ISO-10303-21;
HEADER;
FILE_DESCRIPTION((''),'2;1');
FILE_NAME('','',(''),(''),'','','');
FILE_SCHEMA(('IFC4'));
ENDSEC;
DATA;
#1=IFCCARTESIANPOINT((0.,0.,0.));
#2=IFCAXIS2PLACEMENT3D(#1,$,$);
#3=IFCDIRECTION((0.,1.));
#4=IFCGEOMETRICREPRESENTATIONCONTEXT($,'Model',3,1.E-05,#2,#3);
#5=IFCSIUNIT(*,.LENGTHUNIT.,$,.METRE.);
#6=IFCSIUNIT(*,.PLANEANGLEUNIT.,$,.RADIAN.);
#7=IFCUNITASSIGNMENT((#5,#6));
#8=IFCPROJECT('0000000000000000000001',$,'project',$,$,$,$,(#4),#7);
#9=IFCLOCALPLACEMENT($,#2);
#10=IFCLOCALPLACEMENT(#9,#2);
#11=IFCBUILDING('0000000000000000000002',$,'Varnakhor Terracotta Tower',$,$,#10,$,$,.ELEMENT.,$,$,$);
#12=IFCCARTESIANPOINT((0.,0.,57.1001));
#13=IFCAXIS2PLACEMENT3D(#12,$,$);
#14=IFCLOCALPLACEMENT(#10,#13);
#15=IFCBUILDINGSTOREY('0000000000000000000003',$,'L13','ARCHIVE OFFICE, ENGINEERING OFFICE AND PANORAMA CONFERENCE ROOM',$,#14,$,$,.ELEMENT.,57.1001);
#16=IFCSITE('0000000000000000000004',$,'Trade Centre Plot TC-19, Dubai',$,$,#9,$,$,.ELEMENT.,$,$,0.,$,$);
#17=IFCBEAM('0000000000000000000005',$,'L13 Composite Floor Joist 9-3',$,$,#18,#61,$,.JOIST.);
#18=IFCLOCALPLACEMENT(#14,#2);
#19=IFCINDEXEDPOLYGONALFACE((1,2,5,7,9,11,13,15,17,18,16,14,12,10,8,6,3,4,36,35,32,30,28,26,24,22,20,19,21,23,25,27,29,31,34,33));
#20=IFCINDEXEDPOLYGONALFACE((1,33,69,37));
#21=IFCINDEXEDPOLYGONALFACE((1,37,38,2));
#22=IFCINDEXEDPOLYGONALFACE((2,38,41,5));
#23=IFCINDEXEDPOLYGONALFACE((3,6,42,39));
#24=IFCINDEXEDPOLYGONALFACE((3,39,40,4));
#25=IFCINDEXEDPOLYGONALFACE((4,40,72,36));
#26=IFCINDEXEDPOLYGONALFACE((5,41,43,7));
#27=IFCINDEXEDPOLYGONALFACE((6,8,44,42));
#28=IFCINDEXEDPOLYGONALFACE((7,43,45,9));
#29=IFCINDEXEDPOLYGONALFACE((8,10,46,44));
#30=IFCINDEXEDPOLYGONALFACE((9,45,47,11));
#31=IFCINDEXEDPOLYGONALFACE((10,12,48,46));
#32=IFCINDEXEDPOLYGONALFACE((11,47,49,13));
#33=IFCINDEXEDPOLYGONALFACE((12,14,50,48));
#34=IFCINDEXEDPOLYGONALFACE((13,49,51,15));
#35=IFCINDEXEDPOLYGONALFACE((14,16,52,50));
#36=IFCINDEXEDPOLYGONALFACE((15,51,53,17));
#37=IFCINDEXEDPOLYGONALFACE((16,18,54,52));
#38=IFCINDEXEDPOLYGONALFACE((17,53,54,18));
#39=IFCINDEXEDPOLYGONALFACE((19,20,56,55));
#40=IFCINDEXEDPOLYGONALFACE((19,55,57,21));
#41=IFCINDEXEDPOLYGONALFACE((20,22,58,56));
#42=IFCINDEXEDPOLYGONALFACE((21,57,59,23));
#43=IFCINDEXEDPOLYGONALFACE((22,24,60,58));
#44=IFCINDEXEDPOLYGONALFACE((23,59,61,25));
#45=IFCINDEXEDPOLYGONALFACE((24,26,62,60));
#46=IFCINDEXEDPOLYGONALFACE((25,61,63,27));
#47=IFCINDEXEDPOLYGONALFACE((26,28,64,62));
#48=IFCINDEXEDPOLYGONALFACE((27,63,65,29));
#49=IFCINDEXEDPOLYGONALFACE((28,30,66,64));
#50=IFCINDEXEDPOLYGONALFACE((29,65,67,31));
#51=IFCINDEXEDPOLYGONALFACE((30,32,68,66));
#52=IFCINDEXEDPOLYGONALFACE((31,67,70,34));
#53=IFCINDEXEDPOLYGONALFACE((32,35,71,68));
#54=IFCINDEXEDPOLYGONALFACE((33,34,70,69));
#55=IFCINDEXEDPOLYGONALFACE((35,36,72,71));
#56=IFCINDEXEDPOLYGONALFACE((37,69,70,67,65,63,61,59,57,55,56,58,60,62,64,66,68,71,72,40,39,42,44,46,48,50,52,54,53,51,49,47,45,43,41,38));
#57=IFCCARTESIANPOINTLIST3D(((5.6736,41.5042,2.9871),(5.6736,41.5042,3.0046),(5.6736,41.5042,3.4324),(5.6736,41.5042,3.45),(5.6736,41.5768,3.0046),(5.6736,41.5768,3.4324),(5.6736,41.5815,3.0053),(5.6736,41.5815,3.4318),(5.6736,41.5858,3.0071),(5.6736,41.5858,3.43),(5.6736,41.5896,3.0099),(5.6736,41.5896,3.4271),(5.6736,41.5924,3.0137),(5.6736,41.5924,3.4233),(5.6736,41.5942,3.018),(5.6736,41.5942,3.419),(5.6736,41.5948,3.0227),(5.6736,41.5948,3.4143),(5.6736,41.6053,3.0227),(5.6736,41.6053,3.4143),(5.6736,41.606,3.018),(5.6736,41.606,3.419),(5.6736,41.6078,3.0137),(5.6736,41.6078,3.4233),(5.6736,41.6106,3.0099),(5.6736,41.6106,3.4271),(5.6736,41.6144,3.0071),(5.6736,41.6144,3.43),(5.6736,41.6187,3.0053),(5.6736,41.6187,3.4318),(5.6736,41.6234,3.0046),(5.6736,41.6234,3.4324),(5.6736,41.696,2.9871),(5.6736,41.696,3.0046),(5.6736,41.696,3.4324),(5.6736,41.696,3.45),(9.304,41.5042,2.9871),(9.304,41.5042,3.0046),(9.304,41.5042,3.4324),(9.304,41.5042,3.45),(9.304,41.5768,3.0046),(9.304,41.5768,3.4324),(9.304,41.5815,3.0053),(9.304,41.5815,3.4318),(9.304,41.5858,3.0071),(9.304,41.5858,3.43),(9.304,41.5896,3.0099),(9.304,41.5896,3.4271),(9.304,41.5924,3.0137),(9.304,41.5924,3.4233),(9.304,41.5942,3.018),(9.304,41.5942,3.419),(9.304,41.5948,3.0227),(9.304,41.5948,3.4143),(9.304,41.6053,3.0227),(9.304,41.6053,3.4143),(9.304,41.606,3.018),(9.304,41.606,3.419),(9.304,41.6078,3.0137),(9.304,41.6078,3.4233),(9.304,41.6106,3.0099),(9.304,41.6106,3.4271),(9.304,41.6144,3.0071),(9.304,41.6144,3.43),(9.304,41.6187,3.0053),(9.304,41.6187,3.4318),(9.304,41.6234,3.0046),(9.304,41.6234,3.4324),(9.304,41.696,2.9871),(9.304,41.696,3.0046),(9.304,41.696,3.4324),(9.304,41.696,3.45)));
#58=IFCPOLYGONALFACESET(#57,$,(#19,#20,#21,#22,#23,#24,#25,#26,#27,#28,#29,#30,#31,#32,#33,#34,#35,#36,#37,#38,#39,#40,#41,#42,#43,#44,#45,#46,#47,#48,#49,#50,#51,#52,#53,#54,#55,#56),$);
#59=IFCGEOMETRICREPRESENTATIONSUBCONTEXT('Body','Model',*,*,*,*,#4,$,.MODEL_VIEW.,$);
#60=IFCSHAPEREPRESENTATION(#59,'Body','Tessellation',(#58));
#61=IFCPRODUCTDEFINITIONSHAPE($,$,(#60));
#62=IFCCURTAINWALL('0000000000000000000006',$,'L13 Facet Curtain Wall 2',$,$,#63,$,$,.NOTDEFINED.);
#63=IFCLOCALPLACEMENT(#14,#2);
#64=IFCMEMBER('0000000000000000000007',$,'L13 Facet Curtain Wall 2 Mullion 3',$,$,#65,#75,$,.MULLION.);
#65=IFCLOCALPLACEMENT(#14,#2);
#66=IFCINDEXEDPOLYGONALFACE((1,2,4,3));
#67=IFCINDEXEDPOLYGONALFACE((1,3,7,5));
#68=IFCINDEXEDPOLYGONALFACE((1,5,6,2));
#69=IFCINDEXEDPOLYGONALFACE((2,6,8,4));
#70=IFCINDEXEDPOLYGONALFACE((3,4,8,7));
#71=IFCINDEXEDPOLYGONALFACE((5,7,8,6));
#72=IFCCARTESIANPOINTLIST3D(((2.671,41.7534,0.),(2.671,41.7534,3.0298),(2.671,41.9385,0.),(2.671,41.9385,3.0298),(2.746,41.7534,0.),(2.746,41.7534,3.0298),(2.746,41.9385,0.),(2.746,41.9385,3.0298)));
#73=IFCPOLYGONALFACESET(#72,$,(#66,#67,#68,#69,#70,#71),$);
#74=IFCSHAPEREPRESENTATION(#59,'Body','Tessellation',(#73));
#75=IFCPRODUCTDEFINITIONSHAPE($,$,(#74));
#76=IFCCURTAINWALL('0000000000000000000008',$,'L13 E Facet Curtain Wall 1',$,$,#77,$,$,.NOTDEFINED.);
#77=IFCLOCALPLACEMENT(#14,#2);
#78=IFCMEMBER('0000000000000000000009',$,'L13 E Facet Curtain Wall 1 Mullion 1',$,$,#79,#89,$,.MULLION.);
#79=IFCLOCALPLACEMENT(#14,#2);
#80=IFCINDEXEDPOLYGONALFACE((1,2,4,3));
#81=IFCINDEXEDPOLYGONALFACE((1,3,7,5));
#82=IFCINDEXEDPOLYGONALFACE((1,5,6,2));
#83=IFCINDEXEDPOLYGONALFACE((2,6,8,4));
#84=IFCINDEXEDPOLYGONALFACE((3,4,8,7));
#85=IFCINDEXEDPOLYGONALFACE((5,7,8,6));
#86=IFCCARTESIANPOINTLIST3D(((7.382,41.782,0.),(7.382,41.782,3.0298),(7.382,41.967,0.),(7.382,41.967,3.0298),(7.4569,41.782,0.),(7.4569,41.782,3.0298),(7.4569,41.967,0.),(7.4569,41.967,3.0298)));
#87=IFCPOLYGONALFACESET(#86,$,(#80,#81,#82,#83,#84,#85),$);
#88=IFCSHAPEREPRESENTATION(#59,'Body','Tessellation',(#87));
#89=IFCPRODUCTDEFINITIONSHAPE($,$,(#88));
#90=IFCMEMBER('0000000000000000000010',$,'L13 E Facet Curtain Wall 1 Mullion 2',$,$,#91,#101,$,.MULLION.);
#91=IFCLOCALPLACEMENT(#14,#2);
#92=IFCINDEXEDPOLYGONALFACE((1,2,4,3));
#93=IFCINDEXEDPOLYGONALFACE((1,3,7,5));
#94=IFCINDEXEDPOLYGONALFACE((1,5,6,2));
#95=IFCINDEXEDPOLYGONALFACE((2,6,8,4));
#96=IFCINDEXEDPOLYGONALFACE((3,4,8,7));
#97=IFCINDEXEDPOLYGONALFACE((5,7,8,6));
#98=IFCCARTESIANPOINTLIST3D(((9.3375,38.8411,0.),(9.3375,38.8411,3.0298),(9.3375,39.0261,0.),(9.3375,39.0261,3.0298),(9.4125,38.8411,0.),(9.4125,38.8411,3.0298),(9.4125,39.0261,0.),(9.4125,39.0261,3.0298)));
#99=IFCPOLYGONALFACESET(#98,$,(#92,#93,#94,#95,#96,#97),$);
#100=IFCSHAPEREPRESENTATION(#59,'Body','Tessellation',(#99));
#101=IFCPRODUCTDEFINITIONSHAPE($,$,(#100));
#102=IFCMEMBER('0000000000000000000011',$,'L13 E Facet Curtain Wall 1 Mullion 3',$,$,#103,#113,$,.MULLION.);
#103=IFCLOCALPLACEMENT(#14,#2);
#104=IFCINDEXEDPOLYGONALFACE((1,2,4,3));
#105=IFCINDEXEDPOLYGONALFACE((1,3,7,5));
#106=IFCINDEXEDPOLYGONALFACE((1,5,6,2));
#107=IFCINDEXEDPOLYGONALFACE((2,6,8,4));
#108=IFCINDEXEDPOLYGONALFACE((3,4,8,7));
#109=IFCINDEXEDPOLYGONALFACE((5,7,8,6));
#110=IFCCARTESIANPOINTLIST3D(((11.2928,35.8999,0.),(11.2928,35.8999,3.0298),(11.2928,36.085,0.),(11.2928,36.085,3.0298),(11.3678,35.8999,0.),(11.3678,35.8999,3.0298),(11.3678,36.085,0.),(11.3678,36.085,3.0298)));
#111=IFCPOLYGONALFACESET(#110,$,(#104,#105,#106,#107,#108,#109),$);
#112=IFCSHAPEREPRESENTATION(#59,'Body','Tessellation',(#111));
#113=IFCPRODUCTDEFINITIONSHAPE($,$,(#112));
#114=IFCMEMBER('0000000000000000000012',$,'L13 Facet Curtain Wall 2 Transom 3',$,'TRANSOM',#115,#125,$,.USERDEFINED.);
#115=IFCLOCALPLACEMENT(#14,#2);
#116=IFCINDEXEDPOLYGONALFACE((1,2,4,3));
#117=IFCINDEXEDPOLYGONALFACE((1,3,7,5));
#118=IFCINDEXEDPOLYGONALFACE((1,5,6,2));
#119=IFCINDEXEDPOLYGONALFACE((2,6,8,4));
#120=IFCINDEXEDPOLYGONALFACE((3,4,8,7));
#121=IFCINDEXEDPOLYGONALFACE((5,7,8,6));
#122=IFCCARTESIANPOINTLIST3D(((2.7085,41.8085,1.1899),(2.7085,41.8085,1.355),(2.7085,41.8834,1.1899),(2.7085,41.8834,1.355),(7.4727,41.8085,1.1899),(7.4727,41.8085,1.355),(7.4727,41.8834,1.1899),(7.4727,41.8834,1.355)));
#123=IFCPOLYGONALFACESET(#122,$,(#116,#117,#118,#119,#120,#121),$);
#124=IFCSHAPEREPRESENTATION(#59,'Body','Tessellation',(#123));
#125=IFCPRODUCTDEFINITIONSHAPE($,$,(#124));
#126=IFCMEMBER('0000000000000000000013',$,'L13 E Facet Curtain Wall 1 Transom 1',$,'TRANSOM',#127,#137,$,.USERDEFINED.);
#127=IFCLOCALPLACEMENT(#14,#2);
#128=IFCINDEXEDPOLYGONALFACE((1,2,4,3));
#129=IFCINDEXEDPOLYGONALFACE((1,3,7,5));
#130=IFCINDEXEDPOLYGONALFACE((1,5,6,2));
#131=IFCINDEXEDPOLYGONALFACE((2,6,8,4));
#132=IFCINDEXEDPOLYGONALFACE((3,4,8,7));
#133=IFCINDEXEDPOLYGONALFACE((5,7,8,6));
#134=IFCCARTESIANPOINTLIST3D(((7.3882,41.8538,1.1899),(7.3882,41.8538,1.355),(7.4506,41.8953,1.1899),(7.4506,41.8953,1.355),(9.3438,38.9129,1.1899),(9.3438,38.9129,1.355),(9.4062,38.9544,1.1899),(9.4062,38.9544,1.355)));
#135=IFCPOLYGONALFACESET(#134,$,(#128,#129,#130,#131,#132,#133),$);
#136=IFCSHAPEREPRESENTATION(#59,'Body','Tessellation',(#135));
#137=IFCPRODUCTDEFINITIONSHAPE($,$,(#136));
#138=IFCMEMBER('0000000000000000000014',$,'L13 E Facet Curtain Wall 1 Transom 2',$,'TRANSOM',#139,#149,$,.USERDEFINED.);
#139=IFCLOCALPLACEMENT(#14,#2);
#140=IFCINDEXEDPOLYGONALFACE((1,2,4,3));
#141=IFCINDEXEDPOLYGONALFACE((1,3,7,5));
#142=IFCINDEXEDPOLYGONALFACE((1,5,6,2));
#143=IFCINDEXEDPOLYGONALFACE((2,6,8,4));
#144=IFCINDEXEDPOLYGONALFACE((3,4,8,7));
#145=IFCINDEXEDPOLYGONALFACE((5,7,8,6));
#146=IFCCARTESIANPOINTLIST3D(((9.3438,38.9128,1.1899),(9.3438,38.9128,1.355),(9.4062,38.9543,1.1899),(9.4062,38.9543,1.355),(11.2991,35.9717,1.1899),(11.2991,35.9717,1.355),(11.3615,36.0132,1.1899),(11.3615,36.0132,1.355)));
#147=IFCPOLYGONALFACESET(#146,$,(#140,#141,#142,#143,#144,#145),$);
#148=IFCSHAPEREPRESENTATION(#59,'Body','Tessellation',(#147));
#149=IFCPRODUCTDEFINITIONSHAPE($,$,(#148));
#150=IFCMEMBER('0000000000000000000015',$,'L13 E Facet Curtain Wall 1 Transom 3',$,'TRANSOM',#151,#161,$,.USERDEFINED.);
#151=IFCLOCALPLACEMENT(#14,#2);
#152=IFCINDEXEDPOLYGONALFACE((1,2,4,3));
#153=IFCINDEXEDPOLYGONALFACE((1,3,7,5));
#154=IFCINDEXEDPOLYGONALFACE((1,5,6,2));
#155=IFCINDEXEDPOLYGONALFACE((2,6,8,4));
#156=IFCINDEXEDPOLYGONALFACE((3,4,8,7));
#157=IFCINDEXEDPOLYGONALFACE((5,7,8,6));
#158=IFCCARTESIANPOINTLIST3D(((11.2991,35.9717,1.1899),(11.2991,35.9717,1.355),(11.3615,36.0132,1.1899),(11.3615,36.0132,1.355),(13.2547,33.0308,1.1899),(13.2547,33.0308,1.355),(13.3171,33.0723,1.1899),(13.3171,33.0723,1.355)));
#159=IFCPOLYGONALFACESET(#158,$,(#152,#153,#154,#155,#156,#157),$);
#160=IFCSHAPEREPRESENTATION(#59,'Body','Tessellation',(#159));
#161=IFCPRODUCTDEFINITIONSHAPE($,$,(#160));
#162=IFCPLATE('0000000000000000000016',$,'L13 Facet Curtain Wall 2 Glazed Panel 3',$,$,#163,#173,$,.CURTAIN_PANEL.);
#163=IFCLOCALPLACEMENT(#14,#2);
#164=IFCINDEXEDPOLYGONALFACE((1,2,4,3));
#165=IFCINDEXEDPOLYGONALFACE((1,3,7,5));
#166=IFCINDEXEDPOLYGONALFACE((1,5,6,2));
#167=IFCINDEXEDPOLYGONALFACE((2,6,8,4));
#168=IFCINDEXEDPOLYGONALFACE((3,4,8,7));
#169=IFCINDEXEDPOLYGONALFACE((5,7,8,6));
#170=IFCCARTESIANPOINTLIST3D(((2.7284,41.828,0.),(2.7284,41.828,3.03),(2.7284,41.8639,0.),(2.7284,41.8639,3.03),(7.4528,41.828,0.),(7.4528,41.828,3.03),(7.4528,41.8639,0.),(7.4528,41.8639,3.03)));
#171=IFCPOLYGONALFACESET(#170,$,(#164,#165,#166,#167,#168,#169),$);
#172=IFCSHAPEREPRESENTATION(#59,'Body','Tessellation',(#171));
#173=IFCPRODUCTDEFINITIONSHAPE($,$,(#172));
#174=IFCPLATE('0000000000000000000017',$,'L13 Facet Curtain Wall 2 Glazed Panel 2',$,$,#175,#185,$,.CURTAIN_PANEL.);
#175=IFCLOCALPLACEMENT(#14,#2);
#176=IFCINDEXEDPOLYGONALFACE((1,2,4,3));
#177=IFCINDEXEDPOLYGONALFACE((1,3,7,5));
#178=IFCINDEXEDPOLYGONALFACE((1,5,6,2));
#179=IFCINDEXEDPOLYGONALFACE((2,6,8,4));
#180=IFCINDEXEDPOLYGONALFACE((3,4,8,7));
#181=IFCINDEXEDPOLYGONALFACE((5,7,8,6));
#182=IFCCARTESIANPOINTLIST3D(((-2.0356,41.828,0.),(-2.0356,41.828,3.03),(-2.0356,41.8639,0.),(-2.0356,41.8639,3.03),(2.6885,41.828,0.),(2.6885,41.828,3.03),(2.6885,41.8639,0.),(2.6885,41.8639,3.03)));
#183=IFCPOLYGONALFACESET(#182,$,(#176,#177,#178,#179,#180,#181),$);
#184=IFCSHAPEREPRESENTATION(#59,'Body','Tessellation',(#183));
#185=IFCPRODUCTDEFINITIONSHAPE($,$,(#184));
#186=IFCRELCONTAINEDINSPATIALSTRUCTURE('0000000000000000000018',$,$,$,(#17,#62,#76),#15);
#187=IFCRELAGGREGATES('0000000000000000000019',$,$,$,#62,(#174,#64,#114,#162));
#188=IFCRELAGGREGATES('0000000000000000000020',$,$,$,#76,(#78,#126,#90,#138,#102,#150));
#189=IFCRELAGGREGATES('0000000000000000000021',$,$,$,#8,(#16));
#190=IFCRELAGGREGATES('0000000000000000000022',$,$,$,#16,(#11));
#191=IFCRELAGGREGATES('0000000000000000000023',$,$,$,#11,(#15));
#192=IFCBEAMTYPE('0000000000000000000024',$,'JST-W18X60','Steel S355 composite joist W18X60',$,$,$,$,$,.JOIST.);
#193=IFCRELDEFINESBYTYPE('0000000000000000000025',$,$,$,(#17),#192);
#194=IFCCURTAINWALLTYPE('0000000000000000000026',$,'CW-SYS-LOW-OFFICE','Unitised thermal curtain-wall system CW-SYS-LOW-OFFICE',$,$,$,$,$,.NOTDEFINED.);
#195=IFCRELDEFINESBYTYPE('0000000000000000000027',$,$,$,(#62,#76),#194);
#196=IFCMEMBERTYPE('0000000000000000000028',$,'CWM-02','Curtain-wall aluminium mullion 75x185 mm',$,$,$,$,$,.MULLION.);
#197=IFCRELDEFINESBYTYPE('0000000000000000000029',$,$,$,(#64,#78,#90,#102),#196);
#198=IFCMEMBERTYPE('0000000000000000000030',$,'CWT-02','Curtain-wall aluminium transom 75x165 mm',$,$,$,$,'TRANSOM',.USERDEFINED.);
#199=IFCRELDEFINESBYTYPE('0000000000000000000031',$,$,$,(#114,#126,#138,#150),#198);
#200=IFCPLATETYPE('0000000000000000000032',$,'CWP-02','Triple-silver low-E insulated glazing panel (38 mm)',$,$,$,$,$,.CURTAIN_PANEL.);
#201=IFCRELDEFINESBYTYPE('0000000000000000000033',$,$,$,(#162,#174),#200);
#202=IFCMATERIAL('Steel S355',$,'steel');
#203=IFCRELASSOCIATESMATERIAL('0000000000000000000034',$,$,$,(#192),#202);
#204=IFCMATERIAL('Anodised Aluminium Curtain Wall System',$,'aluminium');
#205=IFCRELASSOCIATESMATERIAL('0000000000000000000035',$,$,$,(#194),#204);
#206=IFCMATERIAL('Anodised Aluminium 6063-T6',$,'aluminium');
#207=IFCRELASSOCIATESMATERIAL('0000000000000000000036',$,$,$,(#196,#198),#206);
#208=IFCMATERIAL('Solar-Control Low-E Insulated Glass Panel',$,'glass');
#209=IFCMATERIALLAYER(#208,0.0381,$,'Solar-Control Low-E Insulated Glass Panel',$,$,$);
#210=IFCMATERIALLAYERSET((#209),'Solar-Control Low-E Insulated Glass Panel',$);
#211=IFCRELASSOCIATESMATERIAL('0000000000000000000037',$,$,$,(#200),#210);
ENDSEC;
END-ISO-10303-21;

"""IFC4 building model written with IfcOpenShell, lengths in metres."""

from ifc_helpers import new_model, si_unit, direction, frame, origin, origin_2d, place, context, subcontext, project, spatial, rectangle, i_section, extrude, source, transform, mapped, material, layer, layer_set, material_profile, profile_set, type_object, element, aggregate, save


model = new_model("IFC4")

# Units and contexts
model_context = context("Model", 3, precision=1e-05, world=origin(), true_north=direction((0.0, 1.0)))
body_context = subcontext(model_context, "Body", "Model", "MODEL_VIEW")
ifc_project = project(units=[si_unit("LENGTHUNIT", "METRE"), si_unit("PLANEANGLEUNIT", "RADIAN")], contexts=[model_context])

# Site, building, storey
site_placement = place(None, origin())
site = spatial("IfcSite", under=ifc_project, at=site_placement, Name="Trade Centre Plot TC-19, Dubai", CompositionType="ELEMENT", RefElevation=0.0)
building_placement = place(site_placement, origin())
building = spatial("IfcBuilding", under=site, at=building_placement, Name="Varnakhor Terracotta Tower", CompositionType="ELEMENT")
storey_placement = place(building_placement, frame((0.0, 0.0, 57.1001)))
storey = spatial("IfcBuildingStorey", under=building, at=storey_placement, Name="L13", Description="ARCHIVE OFFICE, ENGINEERING OFFICE AND PANORAMA CONFERENCE ROOM", CompositionType="ELEMENT", Elevation=57.1001)

# Beam
ifc_material_1 = material(Name="Steel S355", Category="steel")
ifc_material_profile_1 = material_profile(ifc_material_1, i_section(OverallWidth=0.1919, OverallDepth=0.4629, WebThickness=0.0105, FlangeThickness=0.0176, FilletRadius=0.0181, at=origin_2d()), Name="W18X60")
ifc_profile_set_1 = profile_set([ifc_material_profile_1], Name="Steel S355")
beam_type_1 = type_object("IfcBeamType", Name="JST-W18X60", Description="Steel S355 composite joist W18X60", PredefinedType="JOIST", material=ifc_profile_set_1)
shared_shape_1 = source(origin(), body_context, "Body", "SweptSolid", [
    extrude(i_section(OverallWidth=0.1919, OverallDepth=0.4629, WebThickness=0.0105, FlangeThickness=0.0176, FilletRadius=0.0181, at=origin_2d()), origin(), (0.0, 0.0, 1.0), 3.6304),
])
beam_1_placement = place(storey_placement, frame((5.6736, 41.6001, 3.2185), z_axis=(1.0, 0.0, 0.0), x_axis=(0.0, 1.0, 0.0)))
element("IfcBeam", 1, at=beam_1_placement, inside=storey, type_object=beam_type_1, Name="L13 Composite Floor Joist 9-3", PredefinedType="JOIST", context=body_context, shape_type="MappedRepresentation", body=[
    mapped(shared_shape_1, transform((0.0, 0.0, 0.0), scale=1.0)),
])

# Curtain wall, member
ifc_material_2 = material(Name="Anodised Aluminium Curtain Wall System", Category="aluminium")
curtain_wall_type = type_object("IfcCurtainWallType", Name="CW-SYS-LOW-OFFICE", Description="Unitised thermal curtain-wall system CW-SYS-LOW-OFFICE", PredefinedType="NOTDEFINED", material=ifc_material_2)
curtain_wall_1_placement = place(storey_placement, origin())
curtain_wall_1 = element("IfcCurtainWall", 2, at=curtain_wall_1_placement, inside=storey, type_object=curtain_wall_type, Name="L13 Facet Curtain Wall 2", PredefinedType="NOTDEFINED")
ifc_material_3 = material(Name="Anodised Aluminium 6063-T6", Category="aluminium")
ifc_material_profile_2 = material_profile(ifc_material_3, rectangle(XDim=0.075, YDim=0.1851, at=origin_2d()), Name="ALU MULLION 75x185")
ifc_profile_set_2 = profile_set([ifc_material_profile_2], Name="Anodised Aluminium 6063-T6")
member_type_1 = type_object("IfcMemberType", Name="CWM-02", Description="Curtain-wall aluminium mullion 75x185 mm", PredefinedType="MULLION", material=ifc_profile_set_2)
shared_shape_2 = source(origin(), body_context, "Body", "SweptSolid", [
    extrude(rectangle(XDim=0.075, YDim=0.1851, at=origin_2d()), origin(), (0.0, 0.0, 1.0), 3.0298),
])
member_1_placement = place(storey_placement, frame((2.7085, 41.8459, 0.0), z_axis=(0.0, 0.0, 1.0), x_axis=(1.0, 0.0, 0.0)))
member_1 = element("IfcMember", 3, at=member_1_placement, type_object=member_type_1, Name="L13 Facet Curtain Wall 2 Mullion 3", PredefinedType="MULLION", context=body_context, shape_type="MappedRepresentation", body=[
    mapped(shared_shape_2, transform((0.0, 0.0, 0.0), scale=1.0)),
])

# Curtain wall, members
curtain_wall_2_placement = place(storey_placement, origin())
curtain_wall_2 = element("IfcCurtainWall", 4, at=curtain_wall_2_placement, inside=storey, type_object=curtain_wall_type, Name="L13 E Facet Curtain Wall 1", PredefinedType="NOTDEFINED")
member_2_placement = place(storey_placement, frame((7.4194, 41.8745, 0.0), z_axis=(0.0, 0.0, 1.0), x_axis=(1.0, 0.0, 0.0)))
member_2 = element("IfcMember", 5, at=member_2_placement, type_object=member_type_1, Name="L13 E Facet Curtain Wall 1 Mullion 1", PredefinedType="MULLION", context=body_context, shape_type="MappedRepresentation", body=[
    mapped(shared_shape_2, transform((0.0, 0.0, 0.0), scale=1.0)),
])
member_3_placement = place(storey_placement, frame((9.375, 38.9336, 0.0), z_axis=(0.0, 0.0, 1.0), x_axis=(1.0, 0.0, 0.0)))
member_3 = element("IfcMember", 6, at=member_3_placement, type_object=member_type_1, Name="L13 E Facet Curtain Wall 1 Mullion 2", PredefinedType="MULLION", context=body_context, shape_type="MappedRepresentation", body=[
    mapped(shared_shape_2, transform((0.0, 0.0, 0.0), scale=1.0)),
])
member_4_placement = place(storey_placement, frame((11.3303, 35.9924, 0.0), z_axis=(0.0, 0.0, 1.0), x_axis=(1.0, 0.0, 0.0)))
member_4 = element("IfcMember", 7, at=member_4_placement, type_object=member_type_1, Name="L13 E Facet Curtain Wall 1 Mullion 3", PredefinedType="MULLION", context=body_context, shape_type="MappedRepresentation", body=[
    mapped(shared_shape_2, transform((0.0, 0.0, 0.0), scale=1.0)),
])

# Members
ifc_material_profile_3 = material_profile(ifc_material_3, rectangle(XDim=0.075, YDim=0.165, at=origin_2d()), Name="ALU TRANSOM 75x165")
ifc_profile_set_3 = profile_set([ifc_material_profile_3], Name="Anodised Aluminium 6063-T6")
member_type_2 = type_object("IfcMemberType", Name="CWT-02", Description="Curtain-wall aluminium transom 75x165 mm", ElementType="TRANSOM", PredefinedType="USERDEFINED", material=ifc_profile_set_3)
shared_shape_3 = source(origin(), body_context, "Body", "SweptSolid", [
    extrude(rectangle(XDim=0.075, YDim=0.165, at=origin_2d()), origin(), (0.0, 0.0, 1.0), 4.7642),
])
member_5_placement = place(storey_placement, frame((2.7085, 41.8459, 1.2725), z_axis=(1.0, 0.0, 0.0), x_axis=(0.0, 1.0, 0.0)))
member_5 = element("IfcMember", 8, at=member_5_placement, type_object=member_type_2, Name="L13 Facet Curtain Wall 2 Transom 3", ObjectType="TRANSOM", PredefinedType="USERDEFINED", context=body_context, shape_type="MappedRepresentation", body=[
    mapped(shared_shape_3, transform((0.0, 0.0, 0.0), scale=1.0)),
])
shared_shape_4 = source(origin(), body_context, "Body", "SweptSolid", [
    extrude(rectangle(XDim=0.075, YDim=0.165, at=origin_2d()), origin(), (0.0, 0.0, 1.0), 3.5317),
])
member_6_placement = place(storey_placement, frame((7.4194, 41.8745, 1.2725), z_axis=(0.553711, -0.832709, 0.0), x_axis=(0.832709, 0.553711, 0.0)))
member_6 = element("IfcMember", 9, at=member_6_placement, type_object=member_type_2, Name="L13 E Facet Curtain Wall 1 Transom 1", ObjectType="TRANSOM", PredefinedType="USERDEFINED", context=body_context, shape_type="MappedRepresentation", body=[
    mapped(shared_shape_4, transform((0.0, 0.0, 0.0), scale=1.0)),
])
member_7_placement = place(storey_placement, frame((9.375, 38.9336, 1.2725), z_axis=(0.553631, -0.832762, 0.0), x_axis=(0.832762, 0.553631, 0.0)))
member_7 = element("IfcMember", 10, at=member_7_placement, type_object=member_type_2, Name="L13 E Facet Curtain Wall 1 Transom 2", ObjectType="TRANSOM", PredefinedType="USERDEFINED", context=body_context, shape_type="MappedRepresentation", body=[
    mapped(shared_shape_4, transform((0.0, 0.0, 0.0), scale=1.0)),
])
member_8_placement = place(storey_placement, frame((11.3303, 35.9924, 1.2725), z_axis=(0.553711, -0.832709, 0.0), x_axis=(0.832709, 0.553711, 0.0)))
member_8 = element("IfcMember", 11, at=member_8_placement, type_object=member_type_2, Name="L13 E Facet Curtain Wall 1 Transom 3", ObjectType="TRANSOM", PredefinedType="USERDEFINED", context=body_context, shape_type="MappedRepresentation", body=[
    mapped(shared_shape_4, transform((0.0, 0.0, 0.0), scale=1.0)),
])

# Plates
ifc_material_4 = material(Name="Solar-Control Low-E Insulated Glass Panel", Category="glass")
ifc_layer = layer(ifc_material_4, 0.0381, Name="Solar-Control Low-E Insulated Glass Panel")
ifc_layer_set = layer_set([ifc_layer], Name="Solar-Control Low-E Insulated Glass Panel")
plate_type = type_object("IfcPlateType", Name="CWP-02", Description="Triple-silver low-E insulated glazing panel (38 mm)", PredefinedType="CURTAIN_PANEL", material=ifc_layer_set)
shared_shape_5 = source(origin(), body_context, "Body", "SweptSolid", [
    extrude(rectangle(XDim=4.7244, YDim=0.0359, at=origin_2d()), origin(), (0.0, 0.0, 1.0), 3.03),
])
plate_1_placement = place(storey_placement, frame((5.0906, 41.8459, 0.0), z_axis=(0.0, 0.0, 1.0), x_axis=(1.0, 0.0, 0.0)))
plate_1 = element("IfcPlate", 12, at=plate_1_placement, type_object=plate_type, Name="L13 Facet Curtain Wall 2 Glazed Panel 3", PredefinedType="CURTAIN_PANEL", context=body_context, shape_type="MappedRepresentation", body=[
    mapped(shared_shape_5, transform((0.0, 0.0, 0.0), scale=1.0)),
])
shared_shape_6 = source(origin(), body_context, "Body", "SweptSolid", [
    extrude(rectangle(XDim=4.7241, YDim=0.0359, at=origin_2d()), origin(), (0.0, 0.0, 1.0), 3.03),
])
plate_2_placement = place(storey_placement, frame((0.3264, 41.8459, 0.0), z_axis=(0.0, 0.0, 1.0), x_axis=(1.0, 0.0, 0.0)))
plate_2 = element("IfcPlate", 13, at=plate_2_placement, type_object=plate_type, Name="L13 Facet Curtain Wall 2 Glazed Panel 2", PredefinedType="CURTAIN_PANEL", context=body_context, shape_type="MappedRepresentation", body=[
    mapped(shared_shape_6, transform((0.0, 0.0, 0.0), scale=1.0)),
])
aggregate(curtain_wall_1, [plate_2, member_1, member_5, plate_1])
aggregate(curtain_wall_2, [member_2, member_6, member_3, member_7, member_4, member_8])

save(model, "model.ifc")
